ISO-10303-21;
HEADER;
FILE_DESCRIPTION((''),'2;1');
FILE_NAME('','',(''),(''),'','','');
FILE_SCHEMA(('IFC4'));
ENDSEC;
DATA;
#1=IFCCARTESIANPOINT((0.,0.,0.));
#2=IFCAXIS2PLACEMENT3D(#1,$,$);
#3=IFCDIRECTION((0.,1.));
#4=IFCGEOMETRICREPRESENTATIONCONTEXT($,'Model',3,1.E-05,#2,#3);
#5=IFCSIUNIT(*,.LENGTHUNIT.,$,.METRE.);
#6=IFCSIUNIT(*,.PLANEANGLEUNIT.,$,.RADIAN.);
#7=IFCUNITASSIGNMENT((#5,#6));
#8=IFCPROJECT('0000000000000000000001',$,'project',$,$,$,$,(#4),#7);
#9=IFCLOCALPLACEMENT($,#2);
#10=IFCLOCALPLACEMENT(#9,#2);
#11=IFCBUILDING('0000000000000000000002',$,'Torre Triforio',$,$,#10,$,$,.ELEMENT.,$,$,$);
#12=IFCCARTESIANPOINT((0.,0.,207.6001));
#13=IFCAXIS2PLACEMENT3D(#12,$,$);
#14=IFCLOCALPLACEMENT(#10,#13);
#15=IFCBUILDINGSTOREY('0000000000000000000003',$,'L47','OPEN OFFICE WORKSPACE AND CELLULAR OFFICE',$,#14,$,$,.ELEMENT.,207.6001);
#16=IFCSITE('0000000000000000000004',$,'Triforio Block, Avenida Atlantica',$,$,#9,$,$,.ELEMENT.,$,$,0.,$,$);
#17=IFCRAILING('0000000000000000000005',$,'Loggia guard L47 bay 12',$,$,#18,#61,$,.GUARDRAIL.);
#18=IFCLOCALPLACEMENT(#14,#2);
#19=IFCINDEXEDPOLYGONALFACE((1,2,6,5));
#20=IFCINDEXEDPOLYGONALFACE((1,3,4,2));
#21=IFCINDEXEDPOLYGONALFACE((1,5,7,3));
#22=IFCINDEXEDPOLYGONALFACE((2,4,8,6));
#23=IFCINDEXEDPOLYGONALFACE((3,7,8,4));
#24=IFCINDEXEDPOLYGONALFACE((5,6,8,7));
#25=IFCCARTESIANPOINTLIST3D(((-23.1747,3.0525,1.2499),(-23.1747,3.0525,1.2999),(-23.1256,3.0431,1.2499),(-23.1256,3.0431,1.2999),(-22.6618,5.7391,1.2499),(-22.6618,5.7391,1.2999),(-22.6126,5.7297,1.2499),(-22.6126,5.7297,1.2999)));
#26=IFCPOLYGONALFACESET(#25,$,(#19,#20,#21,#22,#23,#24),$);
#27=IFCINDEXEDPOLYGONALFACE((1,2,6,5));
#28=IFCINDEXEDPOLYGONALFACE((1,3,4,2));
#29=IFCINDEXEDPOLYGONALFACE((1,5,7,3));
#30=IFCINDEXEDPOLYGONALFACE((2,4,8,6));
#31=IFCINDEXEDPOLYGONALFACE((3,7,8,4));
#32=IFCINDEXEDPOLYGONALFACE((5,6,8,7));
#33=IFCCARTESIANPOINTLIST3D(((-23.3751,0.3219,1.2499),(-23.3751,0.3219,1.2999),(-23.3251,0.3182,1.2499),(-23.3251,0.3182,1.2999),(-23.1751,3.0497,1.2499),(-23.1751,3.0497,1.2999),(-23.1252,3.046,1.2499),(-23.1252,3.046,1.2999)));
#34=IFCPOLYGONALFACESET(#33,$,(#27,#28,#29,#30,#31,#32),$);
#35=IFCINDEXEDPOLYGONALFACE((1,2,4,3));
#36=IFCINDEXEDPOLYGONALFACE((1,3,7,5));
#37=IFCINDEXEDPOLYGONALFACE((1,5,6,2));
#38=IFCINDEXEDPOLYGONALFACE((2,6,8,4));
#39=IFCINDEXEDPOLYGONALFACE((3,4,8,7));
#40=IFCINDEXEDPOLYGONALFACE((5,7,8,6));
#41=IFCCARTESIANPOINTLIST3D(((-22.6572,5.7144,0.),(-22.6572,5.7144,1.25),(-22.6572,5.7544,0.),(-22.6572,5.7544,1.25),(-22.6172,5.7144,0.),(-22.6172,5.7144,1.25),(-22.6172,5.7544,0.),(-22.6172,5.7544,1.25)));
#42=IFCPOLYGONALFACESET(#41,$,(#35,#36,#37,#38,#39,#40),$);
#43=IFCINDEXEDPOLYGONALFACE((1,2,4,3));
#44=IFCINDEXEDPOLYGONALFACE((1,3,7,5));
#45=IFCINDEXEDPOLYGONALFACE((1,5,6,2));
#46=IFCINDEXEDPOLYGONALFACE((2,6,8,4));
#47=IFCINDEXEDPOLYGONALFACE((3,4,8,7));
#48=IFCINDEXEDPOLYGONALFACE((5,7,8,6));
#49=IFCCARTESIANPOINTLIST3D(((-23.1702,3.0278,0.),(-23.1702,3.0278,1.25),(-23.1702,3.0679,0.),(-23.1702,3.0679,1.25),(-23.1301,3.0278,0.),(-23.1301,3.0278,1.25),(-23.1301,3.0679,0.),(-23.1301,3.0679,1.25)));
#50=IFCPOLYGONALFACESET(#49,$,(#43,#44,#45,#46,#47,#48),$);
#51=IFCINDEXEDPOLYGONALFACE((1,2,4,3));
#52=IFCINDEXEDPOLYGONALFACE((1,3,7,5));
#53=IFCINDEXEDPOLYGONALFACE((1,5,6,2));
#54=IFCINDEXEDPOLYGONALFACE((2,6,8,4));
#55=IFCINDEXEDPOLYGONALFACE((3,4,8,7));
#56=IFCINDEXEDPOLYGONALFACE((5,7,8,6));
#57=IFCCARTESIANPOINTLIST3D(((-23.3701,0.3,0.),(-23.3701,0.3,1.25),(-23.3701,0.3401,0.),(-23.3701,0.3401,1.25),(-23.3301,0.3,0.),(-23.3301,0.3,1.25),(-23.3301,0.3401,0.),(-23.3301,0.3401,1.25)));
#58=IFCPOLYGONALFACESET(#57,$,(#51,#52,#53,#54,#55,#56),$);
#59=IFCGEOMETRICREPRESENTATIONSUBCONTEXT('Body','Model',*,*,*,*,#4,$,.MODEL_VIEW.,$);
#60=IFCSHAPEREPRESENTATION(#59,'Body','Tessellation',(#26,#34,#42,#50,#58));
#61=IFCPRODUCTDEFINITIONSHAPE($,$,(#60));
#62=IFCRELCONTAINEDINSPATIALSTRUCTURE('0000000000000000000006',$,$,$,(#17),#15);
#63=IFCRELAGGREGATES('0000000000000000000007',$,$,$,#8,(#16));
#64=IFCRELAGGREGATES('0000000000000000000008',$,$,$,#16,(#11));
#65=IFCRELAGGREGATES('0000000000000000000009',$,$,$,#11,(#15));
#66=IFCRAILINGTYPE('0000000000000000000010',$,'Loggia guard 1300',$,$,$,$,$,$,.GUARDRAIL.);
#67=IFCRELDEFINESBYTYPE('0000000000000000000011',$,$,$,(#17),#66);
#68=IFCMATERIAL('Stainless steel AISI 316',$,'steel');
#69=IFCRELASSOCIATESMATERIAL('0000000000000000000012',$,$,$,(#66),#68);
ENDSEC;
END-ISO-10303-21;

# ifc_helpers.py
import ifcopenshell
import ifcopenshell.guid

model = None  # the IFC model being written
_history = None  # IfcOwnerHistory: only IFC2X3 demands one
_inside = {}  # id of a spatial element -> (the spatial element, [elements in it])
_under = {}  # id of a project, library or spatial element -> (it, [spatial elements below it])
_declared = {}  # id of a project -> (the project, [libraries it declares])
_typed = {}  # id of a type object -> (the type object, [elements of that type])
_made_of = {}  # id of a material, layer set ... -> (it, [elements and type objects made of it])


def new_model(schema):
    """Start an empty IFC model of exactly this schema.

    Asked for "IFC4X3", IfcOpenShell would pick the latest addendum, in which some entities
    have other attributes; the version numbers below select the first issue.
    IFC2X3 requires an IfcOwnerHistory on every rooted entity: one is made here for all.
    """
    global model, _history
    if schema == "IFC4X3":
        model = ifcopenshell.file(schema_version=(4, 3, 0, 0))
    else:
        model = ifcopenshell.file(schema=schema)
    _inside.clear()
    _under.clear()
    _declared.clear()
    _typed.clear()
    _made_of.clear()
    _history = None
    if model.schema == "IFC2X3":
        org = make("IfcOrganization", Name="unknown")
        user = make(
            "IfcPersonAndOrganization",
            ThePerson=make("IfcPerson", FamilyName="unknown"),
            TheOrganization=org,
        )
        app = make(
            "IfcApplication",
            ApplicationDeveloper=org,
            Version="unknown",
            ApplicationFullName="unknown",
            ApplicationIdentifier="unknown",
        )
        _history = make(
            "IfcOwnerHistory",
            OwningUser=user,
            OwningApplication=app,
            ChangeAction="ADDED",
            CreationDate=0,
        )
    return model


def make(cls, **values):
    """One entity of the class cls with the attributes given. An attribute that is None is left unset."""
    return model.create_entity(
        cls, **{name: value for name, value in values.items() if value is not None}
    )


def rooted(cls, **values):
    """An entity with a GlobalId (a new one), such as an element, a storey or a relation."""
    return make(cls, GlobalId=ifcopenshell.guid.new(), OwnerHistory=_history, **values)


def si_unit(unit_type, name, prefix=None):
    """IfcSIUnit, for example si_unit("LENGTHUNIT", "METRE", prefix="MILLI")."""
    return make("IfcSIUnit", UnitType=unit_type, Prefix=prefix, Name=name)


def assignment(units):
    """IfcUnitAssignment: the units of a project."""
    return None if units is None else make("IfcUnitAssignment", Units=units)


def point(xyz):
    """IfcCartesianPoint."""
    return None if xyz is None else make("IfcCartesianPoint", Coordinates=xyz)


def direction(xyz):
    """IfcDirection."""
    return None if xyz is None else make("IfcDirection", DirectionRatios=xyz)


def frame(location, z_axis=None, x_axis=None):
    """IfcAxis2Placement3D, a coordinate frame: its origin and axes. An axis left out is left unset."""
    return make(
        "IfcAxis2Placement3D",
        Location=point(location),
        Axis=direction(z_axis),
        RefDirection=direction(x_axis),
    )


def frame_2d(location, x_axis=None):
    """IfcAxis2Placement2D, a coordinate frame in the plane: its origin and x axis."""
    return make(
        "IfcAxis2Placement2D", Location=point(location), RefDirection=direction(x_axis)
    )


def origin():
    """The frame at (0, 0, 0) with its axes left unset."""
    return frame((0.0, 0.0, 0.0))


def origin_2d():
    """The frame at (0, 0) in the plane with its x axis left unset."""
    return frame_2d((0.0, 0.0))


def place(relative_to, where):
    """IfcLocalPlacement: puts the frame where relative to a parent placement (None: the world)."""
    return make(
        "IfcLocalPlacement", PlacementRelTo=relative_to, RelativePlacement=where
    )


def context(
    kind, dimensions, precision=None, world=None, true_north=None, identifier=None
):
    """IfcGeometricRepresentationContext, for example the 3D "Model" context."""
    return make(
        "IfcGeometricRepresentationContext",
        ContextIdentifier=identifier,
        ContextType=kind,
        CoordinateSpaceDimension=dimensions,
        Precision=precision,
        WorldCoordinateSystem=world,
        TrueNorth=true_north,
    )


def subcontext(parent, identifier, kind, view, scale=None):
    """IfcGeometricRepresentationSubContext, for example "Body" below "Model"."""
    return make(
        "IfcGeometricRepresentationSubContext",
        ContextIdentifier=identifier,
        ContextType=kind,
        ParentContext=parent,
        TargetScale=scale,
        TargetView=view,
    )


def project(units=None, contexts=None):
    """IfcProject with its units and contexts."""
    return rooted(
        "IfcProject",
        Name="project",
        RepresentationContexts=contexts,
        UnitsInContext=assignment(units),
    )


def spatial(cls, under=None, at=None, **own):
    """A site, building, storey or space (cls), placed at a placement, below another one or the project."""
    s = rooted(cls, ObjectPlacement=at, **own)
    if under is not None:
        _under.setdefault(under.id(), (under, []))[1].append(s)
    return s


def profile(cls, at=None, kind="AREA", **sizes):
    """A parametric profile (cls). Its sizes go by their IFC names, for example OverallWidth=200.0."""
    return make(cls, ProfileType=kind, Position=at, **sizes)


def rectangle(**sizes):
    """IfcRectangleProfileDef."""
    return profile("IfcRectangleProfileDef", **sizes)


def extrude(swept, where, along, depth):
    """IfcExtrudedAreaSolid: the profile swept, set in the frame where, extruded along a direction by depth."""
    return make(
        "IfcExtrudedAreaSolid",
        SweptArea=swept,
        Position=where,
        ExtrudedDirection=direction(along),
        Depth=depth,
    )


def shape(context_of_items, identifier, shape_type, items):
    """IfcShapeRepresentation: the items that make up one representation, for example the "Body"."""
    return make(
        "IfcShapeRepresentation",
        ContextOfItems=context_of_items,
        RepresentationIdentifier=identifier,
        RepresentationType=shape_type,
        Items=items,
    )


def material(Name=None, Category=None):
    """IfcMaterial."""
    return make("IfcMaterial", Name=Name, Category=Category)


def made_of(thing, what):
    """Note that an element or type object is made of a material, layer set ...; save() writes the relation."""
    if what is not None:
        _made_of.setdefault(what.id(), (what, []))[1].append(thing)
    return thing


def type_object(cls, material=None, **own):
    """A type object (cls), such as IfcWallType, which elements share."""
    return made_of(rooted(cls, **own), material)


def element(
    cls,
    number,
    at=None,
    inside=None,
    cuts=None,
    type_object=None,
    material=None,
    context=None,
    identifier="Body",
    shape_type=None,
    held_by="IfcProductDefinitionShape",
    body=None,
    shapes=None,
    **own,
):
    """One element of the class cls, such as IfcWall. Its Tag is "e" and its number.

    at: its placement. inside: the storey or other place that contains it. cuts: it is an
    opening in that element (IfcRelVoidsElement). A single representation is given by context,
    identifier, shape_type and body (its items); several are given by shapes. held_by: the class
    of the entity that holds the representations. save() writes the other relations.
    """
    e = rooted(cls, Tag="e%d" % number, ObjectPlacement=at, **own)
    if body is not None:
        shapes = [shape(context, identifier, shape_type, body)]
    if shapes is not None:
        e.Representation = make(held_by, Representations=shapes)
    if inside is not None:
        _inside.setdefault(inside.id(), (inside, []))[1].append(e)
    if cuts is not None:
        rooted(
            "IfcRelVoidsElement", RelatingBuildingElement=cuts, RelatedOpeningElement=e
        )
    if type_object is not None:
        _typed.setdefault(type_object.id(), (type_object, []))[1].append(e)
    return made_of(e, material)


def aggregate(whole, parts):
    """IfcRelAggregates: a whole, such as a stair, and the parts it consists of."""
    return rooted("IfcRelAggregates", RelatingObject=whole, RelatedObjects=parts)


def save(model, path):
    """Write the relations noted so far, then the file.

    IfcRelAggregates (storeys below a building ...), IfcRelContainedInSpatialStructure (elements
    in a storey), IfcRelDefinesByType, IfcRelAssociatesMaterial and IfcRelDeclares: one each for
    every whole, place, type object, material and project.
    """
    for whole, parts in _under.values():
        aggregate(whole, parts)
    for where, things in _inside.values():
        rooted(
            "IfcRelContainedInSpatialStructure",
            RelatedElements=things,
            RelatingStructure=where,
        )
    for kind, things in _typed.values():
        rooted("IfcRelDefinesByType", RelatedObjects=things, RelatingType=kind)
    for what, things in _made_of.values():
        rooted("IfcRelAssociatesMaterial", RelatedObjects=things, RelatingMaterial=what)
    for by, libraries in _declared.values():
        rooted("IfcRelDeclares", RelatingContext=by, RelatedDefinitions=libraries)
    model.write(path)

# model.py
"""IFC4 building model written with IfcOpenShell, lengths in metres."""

from ifc_helpers import new_model, si_unit, direction, frame, origin, origin_2d, place, context, subcontext, project, spatial, rectangle, extrude, material, type_object, element, save


model = new_model("IFC4")

# Units and contexts
model_context = context("Model", 3, precision=1e-05, world=origin(), true_north=direction((0.0, 1.0)))
body_context = subcontext(model_context, "Body", "Model", "MODEL_VIEW")
ifc_project = project(units=[si_unit("LENGTHUNIT", "METRE"), si_unit("PLANEANGLEUNIT", "RADIAN")], contexts=[model_context])

# Site, building, storey
site_placement = place(None, origin())
site = spatial("IfcSite", under=ifc_project, at=site_placement, Name="Triforio Block, Avenida Atlantica", CompositionType="ELEMENT", RefElevation=0.0)
building_placement = place(site_placement, origin())
building = spatial("IfcBuilding", under=site, at=building_placement, Name="Torre Triforio", CompositionType="ELEMENT")
storey_placement = place(building_placement, frame((0.0, 0.0, 207.6001)))
storey = spatial("IfcBuildingStorey", under=building, at=storey_placement, Name="L47", Description="OPEN OFFICE WORKSPACE AND CELLULAR OFFICE", CompositionType="ELEMENT", Elevation=207.6001)

# Railing
ifc_material_1 = material(Name="Stainless steel AISI 316", Category="steel")
railing_type = type_object("IfcRailingType", Name="Loggia guard 1300", PredefinedType="GUARDRAIL", material=ifc_material_1)
railing_placement = place(storey_placement, frame((-22.6372, 5.7344, 0.0)))
element("IfcRailing", 1, at=railing_placement, inside=storey, type_object=railing_type, Name="Loggia guard L47 bay 12", PredefinedType="GUARDRAIL", context=body_context, shape_type="SweptSolid", body=[
    extrude(rectangle(XDim=0.05, YDim=0.05, at=origin_2d()), frame((0.0, 0.0, 1.2749), z_axis=(-0.187543, -0.982256, 0.0), x_axis=(0.982256, -0.187543, 0.0)), (0.0, 0.0, 1.0), 2.7351),
    extrude(rectangle(XDim=0.05, YDim=0.05, at=origin_2d()), frame((-0.5129, -2.6865, 1.2749), z_axis=(-0.073106, -0.997324, 0.0), x_axis=(0.997324, -0.073106, 0.0)), (0.0, 0.0, 1.0), 2.7351),
    extrude(rectangle(XDim=0.04, YDim=0.04, at=origin_2d()), origin(), (0.0, 0.0, 1.0), 1.25),
    extrude(rectangle(XDim=0.04, YDim=0.04, at=origin_2d()), frame((-0.5129, -2.6865, 0.0)), (0.0, 0.0, 1.0), 1.25),
    extrude(rectangle(XDim=0.04, YDim=0.04, at=origin_2d()), frame((-0.7129, -5.4143, 0.0)), (0.0, 0.0, 1.0), 1.25),
])

save(model, "model.ifc")
